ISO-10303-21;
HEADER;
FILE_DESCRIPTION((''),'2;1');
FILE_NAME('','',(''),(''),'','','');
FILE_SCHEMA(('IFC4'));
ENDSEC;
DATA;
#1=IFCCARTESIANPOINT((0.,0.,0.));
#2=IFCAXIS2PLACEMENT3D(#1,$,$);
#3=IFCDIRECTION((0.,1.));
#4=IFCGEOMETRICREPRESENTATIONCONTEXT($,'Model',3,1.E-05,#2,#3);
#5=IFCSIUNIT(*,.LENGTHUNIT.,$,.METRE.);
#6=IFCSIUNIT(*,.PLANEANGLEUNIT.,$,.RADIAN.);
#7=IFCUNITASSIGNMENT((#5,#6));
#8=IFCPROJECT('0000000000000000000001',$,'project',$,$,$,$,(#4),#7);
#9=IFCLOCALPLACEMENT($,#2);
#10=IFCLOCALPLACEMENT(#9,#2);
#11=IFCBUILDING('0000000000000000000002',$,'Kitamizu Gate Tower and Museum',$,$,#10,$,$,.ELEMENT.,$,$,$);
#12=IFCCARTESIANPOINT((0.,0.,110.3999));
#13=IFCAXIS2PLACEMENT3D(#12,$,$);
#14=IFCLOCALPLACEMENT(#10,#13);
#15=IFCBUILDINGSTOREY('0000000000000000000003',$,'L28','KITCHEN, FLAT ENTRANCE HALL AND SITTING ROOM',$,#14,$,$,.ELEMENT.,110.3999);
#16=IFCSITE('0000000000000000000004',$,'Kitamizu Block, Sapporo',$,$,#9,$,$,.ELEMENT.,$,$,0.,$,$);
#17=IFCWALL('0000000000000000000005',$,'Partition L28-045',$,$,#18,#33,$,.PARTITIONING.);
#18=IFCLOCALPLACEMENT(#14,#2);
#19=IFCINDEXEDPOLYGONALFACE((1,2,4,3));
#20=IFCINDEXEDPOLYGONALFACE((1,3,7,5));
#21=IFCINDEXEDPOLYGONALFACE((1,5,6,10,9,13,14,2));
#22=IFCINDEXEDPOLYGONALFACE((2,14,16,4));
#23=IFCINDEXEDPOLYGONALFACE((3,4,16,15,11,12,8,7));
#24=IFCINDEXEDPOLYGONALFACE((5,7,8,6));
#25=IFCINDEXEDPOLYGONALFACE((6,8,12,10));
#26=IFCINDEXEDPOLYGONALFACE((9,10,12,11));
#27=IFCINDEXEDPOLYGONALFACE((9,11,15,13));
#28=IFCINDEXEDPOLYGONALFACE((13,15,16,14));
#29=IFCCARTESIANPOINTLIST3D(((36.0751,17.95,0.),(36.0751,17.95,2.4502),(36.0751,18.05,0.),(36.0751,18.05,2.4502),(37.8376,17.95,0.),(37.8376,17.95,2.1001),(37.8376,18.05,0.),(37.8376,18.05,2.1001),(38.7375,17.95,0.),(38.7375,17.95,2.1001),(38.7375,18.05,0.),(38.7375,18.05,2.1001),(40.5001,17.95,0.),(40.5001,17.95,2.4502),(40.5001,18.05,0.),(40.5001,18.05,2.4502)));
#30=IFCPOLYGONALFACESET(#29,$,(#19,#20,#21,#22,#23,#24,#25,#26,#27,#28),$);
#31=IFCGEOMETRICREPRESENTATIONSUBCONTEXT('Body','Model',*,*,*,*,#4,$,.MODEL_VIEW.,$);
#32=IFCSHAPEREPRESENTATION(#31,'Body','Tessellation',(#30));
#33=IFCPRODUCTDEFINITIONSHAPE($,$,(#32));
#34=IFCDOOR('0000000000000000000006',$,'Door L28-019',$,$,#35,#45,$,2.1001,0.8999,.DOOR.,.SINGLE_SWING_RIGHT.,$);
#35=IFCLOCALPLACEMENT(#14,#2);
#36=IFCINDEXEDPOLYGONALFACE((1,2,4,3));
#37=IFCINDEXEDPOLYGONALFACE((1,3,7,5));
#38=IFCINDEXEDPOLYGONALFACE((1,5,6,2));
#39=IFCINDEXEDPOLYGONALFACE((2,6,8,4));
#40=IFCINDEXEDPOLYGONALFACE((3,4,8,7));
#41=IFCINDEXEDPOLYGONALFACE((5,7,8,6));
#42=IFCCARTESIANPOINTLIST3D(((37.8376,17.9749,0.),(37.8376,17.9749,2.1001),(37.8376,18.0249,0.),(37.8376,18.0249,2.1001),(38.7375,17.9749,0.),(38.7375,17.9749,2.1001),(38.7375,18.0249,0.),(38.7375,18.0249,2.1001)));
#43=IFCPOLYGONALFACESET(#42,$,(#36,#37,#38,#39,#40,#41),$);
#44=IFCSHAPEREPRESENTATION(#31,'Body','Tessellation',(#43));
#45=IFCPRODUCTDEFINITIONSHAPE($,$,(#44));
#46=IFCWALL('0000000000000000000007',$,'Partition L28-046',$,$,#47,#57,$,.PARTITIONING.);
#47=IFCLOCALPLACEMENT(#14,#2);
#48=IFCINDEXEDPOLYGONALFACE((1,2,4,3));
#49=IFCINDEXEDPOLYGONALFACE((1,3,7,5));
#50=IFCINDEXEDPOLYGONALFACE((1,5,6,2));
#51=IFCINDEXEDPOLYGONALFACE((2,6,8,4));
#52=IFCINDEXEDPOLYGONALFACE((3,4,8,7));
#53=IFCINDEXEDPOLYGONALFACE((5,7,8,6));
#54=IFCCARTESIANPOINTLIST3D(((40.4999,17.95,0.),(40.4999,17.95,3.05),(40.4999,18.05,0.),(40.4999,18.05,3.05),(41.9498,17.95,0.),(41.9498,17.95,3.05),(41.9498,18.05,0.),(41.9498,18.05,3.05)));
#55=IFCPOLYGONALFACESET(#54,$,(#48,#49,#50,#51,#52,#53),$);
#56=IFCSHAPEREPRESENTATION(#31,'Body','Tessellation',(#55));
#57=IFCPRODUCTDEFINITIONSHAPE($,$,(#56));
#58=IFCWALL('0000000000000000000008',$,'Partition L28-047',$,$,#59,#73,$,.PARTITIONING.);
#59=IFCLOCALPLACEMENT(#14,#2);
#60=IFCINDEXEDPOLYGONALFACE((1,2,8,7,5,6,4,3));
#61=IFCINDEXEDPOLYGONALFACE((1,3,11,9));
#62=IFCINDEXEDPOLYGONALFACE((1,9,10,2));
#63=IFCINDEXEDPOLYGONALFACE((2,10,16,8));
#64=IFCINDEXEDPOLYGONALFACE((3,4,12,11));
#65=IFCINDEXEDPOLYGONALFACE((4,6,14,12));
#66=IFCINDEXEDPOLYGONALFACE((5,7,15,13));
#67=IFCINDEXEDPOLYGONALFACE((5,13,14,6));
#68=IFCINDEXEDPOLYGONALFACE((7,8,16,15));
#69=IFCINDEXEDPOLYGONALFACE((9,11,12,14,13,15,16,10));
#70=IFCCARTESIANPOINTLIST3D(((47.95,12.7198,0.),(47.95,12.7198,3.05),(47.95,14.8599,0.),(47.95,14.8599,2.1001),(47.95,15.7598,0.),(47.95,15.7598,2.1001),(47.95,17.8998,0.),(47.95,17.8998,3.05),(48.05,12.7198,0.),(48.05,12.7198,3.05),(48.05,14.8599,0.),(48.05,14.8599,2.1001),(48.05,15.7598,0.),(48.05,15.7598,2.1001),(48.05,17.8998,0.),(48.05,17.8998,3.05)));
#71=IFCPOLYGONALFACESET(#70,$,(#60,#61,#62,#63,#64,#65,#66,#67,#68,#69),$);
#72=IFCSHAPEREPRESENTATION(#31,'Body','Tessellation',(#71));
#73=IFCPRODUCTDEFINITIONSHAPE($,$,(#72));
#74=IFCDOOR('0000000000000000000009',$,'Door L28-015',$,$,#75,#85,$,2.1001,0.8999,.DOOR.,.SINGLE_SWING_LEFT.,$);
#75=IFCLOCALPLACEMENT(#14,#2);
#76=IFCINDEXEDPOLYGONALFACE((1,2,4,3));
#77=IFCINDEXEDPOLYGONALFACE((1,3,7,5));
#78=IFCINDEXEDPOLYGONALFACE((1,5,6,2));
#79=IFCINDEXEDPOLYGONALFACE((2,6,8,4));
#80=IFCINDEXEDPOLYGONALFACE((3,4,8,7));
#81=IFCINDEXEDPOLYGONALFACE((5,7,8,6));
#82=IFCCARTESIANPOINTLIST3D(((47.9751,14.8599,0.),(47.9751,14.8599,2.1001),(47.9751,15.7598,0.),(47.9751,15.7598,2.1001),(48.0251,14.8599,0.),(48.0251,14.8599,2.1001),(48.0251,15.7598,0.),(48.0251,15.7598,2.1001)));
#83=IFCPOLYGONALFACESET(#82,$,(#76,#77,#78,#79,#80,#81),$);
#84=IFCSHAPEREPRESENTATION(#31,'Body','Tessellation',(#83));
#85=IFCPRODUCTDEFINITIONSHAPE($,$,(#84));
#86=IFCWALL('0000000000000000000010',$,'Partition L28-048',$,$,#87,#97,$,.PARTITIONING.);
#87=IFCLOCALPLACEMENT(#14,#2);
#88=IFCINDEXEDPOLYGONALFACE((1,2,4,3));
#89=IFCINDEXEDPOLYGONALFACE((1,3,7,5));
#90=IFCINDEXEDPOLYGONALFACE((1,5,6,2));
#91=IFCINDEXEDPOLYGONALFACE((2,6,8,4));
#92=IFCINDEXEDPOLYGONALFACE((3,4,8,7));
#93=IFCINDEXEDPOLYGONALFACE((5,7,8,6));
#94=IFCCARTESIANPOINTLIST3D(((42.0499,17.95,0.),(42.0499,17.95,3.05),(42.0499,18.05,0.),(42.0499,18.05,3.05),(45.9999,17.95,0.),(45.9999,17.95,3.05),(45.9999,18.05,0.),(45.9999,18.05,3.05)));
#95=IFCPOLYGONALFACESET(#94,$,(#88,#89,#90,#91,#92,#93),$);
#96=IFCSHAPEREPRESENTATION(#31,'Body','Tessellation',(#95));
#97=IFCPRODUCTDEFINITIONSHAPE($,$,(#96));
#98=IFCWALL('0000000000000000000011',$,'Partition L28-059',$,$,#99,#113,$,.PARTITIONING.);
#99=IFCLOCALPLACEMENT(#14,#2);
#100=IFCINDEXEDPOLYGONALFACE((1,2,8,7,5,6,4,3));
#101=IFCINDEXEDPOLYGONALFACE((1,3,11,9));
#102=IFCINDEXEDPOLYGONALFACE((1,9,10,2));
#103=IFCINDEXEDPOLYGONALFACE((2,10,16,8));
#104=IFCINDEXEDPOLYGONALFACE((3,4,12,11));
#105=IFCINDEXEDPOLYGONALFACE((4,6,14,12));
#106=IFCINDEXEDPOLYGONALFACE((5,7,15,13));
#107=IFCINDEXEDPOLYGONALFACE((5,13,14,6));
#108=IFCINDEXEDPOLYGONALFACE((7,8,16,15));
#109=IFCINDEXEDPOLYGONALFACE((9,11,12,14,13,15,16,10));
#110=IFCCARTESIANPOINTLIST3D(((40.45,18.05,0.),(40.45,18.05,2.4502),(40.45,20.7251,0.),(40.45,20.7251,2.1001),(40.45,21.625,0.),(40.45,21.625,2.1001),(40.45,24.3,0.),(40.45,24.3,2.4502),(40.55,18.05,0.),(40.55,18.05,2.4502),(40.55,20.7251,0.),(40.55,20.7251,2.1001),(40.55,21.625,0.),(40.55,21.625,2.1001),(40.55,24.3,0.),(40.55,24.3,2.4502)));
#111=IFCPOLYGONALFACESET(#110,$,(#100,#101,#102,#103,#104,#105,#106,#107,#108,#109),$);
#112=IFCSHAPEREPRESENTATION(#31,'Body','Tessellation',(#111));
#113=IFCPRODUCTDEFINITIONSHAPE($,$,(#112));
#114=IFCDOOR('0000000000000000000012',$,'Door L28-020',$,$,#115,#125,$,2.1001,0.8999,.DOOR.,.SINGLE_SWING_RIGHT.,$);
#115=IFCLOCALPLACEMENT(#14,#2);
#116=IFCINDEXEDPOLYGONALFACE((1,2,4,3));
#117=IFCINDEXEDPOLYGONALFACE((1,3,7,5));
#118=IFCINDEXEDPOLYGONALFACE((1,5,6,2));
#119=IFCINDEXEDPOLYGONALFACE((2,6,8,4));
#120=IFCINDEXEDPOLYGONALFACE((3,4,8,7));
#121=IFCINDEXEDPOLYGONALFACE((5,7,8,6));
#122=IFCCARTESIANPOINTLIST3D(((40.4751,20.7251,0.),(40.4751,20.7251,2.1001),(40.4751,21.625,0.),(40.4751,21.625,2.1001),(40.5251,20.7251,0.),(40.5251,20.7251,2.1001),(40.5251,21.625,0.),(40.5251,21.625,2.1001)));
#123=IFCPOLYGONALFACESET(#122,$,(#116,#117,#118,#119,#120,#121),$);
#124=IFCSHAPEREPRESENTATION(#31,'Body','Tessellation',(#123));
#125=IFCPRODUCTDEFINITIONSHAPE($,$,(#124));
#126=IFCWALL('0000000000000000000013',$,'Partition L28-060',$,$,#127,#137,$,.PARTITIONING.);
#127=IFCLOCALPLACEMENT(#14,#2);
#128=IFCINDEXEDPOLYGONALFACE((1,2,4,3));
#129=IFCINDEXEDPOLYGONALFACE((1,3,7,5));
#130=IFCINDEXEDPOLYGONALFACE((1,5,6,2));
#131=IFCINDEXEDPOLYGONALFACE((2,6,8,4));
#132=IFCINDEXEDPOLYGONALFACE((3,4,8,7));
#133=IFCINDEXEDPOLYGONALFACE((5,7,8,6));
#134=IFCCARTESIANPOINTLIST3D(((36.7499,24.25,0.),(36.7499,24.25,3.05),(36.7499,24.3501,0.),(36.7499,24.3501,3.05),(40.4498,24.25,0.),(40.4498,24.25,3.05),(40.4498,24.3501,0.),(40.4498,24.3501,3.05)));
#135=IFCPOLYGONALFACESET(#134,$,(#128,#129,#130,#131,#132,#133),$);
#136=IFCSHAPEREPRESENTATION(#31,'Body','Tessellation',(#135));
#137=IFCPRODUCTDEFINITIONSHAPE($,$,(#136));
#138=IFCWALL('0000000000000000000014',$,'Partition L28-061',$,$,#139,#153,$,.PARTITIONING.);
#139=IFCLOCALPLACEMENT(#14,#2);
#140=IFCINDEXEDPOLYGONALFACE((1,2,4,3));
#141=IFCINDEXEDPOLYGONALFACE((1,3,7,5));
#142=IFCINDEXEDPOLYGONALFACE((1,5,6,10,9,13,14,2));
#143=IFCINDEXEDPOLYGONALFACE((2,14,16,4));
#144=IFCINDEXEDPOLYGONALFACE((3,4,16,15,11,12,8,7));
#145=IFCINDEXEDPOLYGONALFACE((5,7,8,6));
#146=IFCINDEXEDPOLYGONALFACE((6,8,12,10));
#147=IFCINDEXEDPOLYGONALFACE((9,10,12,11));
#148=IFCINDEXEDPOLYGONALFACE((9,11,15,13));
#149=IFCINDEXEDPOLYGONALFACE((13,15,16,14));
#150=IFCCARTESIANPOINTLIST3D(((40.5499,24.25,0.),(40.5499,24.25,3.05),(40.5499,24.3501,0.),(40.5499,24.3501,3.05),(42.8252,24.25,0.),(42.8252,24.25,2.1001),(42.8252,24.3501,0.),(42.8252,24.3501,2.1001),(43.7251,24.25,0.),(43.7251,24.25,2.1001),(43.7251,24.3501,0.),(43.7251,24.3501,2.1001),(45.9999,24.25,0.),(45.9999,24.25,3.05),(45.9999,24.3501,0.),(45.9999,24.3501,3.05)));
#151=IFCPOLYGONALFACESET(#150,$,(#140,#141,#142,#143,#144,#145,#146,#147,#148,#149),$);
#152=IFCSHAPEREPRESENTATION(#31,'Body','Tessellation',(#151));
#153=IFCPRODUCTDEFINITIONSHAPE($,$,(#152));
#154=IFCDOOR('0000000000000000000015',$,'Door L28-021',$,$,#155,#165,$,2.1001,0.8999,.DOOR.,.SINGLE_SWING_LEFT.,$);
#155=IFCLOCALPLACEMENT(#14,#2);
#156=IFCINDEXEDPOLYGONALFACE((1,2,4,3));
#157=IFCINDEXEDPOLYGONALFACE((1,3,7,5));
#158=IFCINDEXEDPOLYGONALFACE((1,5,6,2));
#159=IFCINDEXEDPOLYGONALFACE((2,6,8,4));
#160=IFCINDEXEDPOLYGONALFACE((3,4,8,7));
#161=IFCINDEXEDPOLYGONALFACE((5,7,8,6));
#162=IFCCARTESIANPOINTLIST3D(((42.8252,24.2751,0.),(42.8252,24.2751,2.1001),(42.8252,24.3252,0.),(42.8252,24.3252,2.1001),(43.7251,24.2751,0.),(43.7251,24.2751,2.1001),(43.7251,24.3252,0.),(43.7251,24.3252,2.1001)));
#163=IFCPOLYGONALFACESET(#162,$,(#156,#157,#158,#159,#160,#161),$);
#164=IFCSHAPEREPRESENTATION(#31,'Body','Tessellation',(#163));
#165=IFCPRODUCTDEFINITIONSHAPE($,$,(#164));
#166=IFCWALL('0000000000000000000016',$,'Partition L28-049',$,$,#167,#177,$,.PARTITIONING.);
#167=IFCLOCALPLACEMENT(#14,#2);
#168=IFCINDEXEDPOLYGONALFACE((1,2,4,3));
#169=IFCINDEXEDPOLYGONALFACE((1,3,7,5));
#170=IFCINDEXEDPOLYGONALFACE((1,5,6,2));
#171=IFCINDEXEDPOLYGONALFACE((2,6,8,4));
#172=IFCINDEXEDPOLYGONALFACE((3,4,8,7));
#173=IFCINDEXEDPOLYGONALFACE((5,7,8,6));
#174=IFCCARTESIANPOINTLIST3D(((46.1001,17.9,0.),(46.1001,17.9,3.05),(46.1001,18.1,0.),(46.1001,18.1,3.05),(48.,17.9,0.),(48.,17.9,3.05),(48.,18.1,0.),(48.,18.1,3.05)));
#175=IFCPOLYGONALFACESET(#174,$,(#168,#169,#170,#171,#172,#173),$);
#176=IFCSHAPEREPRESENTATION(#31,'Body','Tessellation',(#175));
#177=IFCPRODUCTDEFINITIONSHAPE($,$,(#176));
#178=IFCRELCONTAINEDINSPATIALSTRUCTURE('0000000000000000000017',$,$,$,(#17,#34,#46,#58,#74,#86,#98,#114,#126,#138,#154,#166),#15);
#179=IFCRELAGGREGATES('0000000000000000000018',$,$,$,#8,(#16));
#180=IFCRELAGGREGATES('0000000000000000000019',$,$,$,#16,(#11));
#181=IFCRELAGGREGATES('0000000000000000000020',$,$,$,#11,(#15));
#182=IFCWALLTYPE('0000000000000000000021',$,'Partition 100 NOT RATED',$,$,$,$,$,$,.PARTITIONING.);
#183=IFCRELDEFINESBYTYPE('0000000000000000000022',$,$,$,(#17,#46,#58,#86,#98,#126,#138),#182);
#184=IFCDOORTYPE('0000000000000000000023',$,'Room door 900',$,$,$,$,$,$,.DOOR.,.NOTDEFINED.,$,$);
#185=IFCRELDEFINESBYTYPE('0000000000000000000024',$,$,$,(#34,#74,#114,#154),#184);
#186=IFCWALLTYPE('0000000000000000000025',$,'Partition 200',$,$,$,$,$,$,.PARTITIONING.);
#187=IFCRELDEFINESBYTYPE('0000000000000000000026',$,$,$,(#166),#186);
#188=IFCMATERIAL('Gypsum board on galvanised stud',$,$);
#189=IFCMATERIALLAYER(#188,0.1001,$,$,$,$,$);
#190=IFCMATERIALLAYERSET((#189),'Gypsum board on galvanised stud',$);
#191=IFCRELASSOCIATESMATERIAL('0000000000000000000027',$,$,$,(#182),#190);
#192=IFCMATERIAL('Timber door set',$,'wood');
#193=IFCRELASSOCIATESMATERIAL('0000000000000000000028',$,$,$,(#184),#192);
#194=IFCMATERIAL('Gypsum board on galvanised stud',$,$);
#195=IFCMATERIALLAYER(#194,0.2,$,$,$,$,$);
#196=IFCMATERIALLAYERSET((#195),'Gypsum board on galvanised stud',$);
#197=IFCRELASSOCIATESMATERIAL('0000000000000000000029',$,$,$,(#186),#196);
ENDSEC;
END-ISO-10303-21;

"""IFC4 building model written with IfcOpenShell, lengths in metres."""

from ifc_helpers import new_model, si_unit, direction, frame, frame_2d, origin, place, context, subcontext, project, spatial, rectangle, extrude, material, layer, layer_set, type_object, element, fill, save


model = new_model("IFC4")

# Units and contexts
model_context = context("Model", 3, precision=1e-05, world=origin(), true_north=direction((0.0, 1.0)))
body_context = subcontext(model_context, "Body", "Model", "MODEL_VIEW")
ifc_project = project(units=[si_unit("LENGTHUNIT", "METRE"), si_unit("PLANEANGLEUNIT", "RADIAN")], contexts=[model_context])

# Site, building, storey
site_placement = place(None, origin())
site = spatial("IfcSite", under=ifc_project, at=site_placement, Name="Kitamizu Block, Sapporo", CompositionType="ELEMENT", RefElevation=0.0)
building_placement = place(site_placement, origin())
building = spatial("IfcBuilding", under=site, at=building_placement, Name="Kitamizu Gate Tower and Museum", CompositionType="ELEMENT")
storey_placement = place(building_placement, frame((0.0, 0.0, 110.3999)))
storey = spatial("IfcBuildingStorey", under=building, at=storey_placement, Name="L28", Description="KITCHEN, FLAT ENTRANCE HALL AND SITTING ROOM", CompositionType="ELEMENT", Elevation=110.3999)

# Wall, opening, door
ifc_material_1 = material(Name="Gypsum board on galvanised stud")
ifc_layer_1 = layer(ifc_material_1, 0.1001)
ifc_layer_set_1 = layer_set([ifc_layer_1], Name="Gypsum board on galvanised stud")
wall_type_1 = type_object("IfcWallType", Name="Partition 100 NOT RATED", PredefinedType="PARTITIONING", material=ifc_layer_set_1)
ifc_material_2 = material(Name="Timber door set", Category="wood")
door_type_1 = type_object("IfcDoorType", Name="Room door 900", OperationType="NOTDEFINED", PredefinedType="DOOR", material=ifc_material_2)
wall_1_placement = place(storey_placement, frame((40.5, 18.0, 0.0), z_axis=(0.0, 0.0, 1.0), x_axis=(-1.0, 0.0, 0.0)))
wall_1 = element("IfcWall", 1, at=wall_1_placement, inside=storey, type_object=wall_type_1, Name="Partition L28-045", PredefinedType="PARTITIONING", context=body_context, shape_type="SweptSolid", body=[
    extrude(rectangle(XDim=4.425, YDim=0.1001, at=frame_2d((2.2124, 0.0))), origin(), (0.0, 0.0, 1.0), 2.4502),
])
opening_1_placement = place(wall_1_placement, frame((1.7625, 0.0, 0.0)))
opening_1 = element("IfcOpeningElement", 2, at=opening_1_placement, cuts=wall_1, PredefinedType="OPENING", context=body_context, shape_type="SweptSolid", body=[
    extrude(rectangle(XDim=0.8999, YDim=2.1001, at=frame_2d((0.45, 1.05))), frame((0.0, 0.0601, 0.0), z_axis=(0.0, -1.0, 0.0), x_axis=(1.0, 0.0, 0.0)), (0.0, 0.0, 1.0), 0.1201),
])
door_1_placement = place(opening_1_placement, frame((0.8999, 0.0, 0.0), x_axis=(-1.0, 0.0, 0.0)))
door_1 = element("IfcDoor", 3, at=door_1_placement, inside=storey, type_object=door_type_1, Name="Door L28-019", OperationType="SINGLE_SWING_RIGHT", OverallHeight=2.1001, OverallWidth=0.8999, PredefinedType="DOOR", context=body_context, shape_type="SweptSolid", body=[
    extrude(rectangle(XDim=0.8999, YDim=2.1001, at=frame_2d((0.45, 1.05))), frame((0.0, 0.0249, 0.0), z_axis=(0.0, -1.0, 0.0), x_axis=(1.0, 0.0, 0.0)), (0.0, 0.0, 1.0), 0.05),
])
fill(opening_1, door_1)

# Wall
wall_2_placement = place(storey_placement, frame((41.95, 18.0, 0.0), z_axis=(0.0, 0.0, 1.0), x_axis=(-1.0, 0.0, 0.0)))
element("IfcWall", 4, at=wall_2_placement, inside=storey, type_object=wall_type_1, Name="Partition L28-046", PredefinedType="PARTITIONING", context=body_context, shape_type="SweptSolid", body=[
    extrude(rectangle(XDim=1.45, YDim=0.1001, at=frame_2d((0.7251, 0.0))), origin(), (0.0, 0.0, 1.0), 3.05),
])

# Wall, opening, door
wall_3_placement = place(storey_placement, frame((48.0, 12.72, 0.0), z_axis=(0.0, 0.0, 1.0), x_axis=(0.0, 1.0, 0.0)))
wall_3 = element("IfcWall", 5, at=wall_3_placement, inside=storey, type_object=wall_type_1, Name="Partition L28-047", PredefinedType="PARTITIONING", context=body_context, shape_type="SweptSolid", body=[
    extrude(rectangle(XDim=5.1799, YDim=0.1001, at=frame_2d((2.5898, 0.0))), origin(), (0.0, 0.0, 1.0), 3.05),
])
opening_2_placement = place(wall_3_placement, frame((2.1399, 0.0, 0.0)))
opening_2 = element("IfcOpeningElement", 6, at=opening_2_placement, cuts=wall_3, PredefinedType="OPENING", context=body_context, shape_type="SweptSolid", body=[
    extrude(rectangle(XDim=0.8999, YDim=2.1001, at=frame_2d((0.45, 1.05))), frame((0.0, 0.0601, 0.0), z_axis=(0.0, -1.0, 0.0), x_axis=(1.0, 0.0, 0.0)), (0.0, 0.0, 1.0), 0.1201),
])
door_2_placement = place(opening_2_placement, origin())
door_2 = element("IfcDoor", 7, at=door_2_placement, inside=storey, type_object=door_type_1, Name="Door L28-015", OperationType="SINGLE_SWING_LEFT", OverallHeight=2.1001, OverallWidth=0.8999, PredefinedType="DOOR", context=body_context, shape_type="SweptSolid", body=[
    extrude(rectangle(XDim=0.8999, YDim=2.1001, at=frame_2d((0.45, 1.05))), frame((0.0, 0.0249, 0.0), z_axis=(0.0, -1.0, 0.0), x_axis=(1.0, 0.0, 0.0)), (0.0, 0.0, 1.0), 0.05),
])
fill(opening_2, door_2)

# Wall
wall_4_placement = place(storey_placement, frame((46.0, 18.0, 0.0), z_axis=(0.0, 0.0, 1.0), x_axis=(-1.0, 0.0, 0.0)))
element("IfcWall", 8, at=wall_4_placement, inside=storey, type_object=wall_type_1, Name="Partition L28-048", PredefinedType="PARTITIONING", context=body_context, shape_type="SweptSolid", body=[
    extrude(rectangle(XDim=3.95, YDim=0.1001, at=frame_2d((1.9751, 0.0))), origin(), (0.0, 0.0, 1.0), 3.05),
])

# Wall, opening, door
wall_5_placement = place(storey_placement, frame((40.5, 18.05, 0.0), z_axis=(0.0, 0.0, 1.0), x_axis=(0.0, 1.0, 0.0)))
wall_5 = element("IfcWall", 9, at=wall_5_placement, inside=storey, type_object=wall_type_1, Name="Partition L28-059", PredefinedType="PARTITIONING", context=body_context, shape_type="SweptSolid", body=[
    extrude(rectangle(XDim=6.25, YDim=0.1001, at=frame_2d((3.125, 0.0))), origin(), (0.0, 0.0, 1.0), 2.4502),
])
opening_3_placement = place(wall_5_placement, frame((2.675, 0.0, 0.0)))
opening_3 = element("IfcOpeningElement", 10, at=opening_3_placement, cuts=wall_5, PredefinedType="OPENING", context=body_context, shape_type="SweptSolid", body=[
    extrude(rectangle(XDim=0.8999, YDim=2.1001, at=frame_2d((0.45, 1.05))), frame((0.0, 0.0601, 0.0), z_axis=(0.0, -1.0, 0.0), x_axis=(1.0, 0.0, 0.0)), (0.0, 0.0, 1.0), 0.1201),
])
door_3_placement = place(opening_3_placement, origin())
door_3 = element("IfcDoor", 11, at=door_3_placement, inside=storey, type_object=door_type_1, Name="Door L28-020", OperationType="SINGLE_SWING_RIGHT", OverallHeight=2.1001, OverallWidth=0.8999, PredefinedType="DOOR", context=body_context, shape_type="SweptSolid", body=[
    extrude(rectangle(XDim=0.8999, YDim=2.1001, at=frame_2d((0.45, 1.05))), frame((0.0, 0.0249, 0.0), z_axis=(0.0, -1.0, 0.0), x_axis=(1.0, 0.0, 0.0)), (0.0, 0.0, 1.0), 0.05),
])
fill(opening_3, door_3)

# Wall
wall_6_placement = place(storey_placement, frame((40.45, 24.3, 0.0), z_axis=(0.0, 0.0, 1.0), x_axis=(-1.0, 0.0, 0.0)))
element("IfcWall", 12, at=wall_6_placement, inside=storey, type_object=wall_type_1, Name="Partition L28-060", PredefinedType="PARTITIONING", context=body_context, shape_type="SweptSolid", body=[
    extrude(rectangle(XDim=3.7, YDim=0.1001, at=frame_2d((1.8501, 0.0))), origin(), (0.0, 0.0, 1.0), 3.05),
])

# Wall, opening, door
wall_7_placement = place(storey_placement, frame((46.0, 24.3, 0.0), z_axis=(0.0, 0.0, 1.0), x_axis=(-1.0, 0.0, 0.0)))
wall_7 = element("IfcWall", 13, at=wall_7_placement, inside=storey, type_object=wall_type_1, Name="Partition L28-061", PredefinedType="PARTITIONING", context=body_context, shape_type="SweptSolid", body=[
    extrude(rectangle(XDim=5.45, YDim=0.1001, at=frame_2d((2.7251, 0.0))), origin(), (0.0, 0.0, 1.0), 3.05),
])
opening_4_placement = place(wall_7_placement, frame((2.2749, 0.0, 0.0)))
opening_4 = element("IfcOpeningElement", 14, at=opening_4_placement, cuts=wall_7, PredefinedType="OPENING", context=body_context, shape_type="SweptSolid", body=[
    extrude(rectangle(XDim=0.8999, YDim=2.1001, at=frame_2d((0.45, 1.05))), frame((0.0, 0.0601, 0.0), z_axis=(0.0, -1.0, 0.0), x_axis=(1.0, 0.0, 0.0)), (0.0, 0.0, 1.0), 0.1201),
])
door_4_placement = place(opening_4_placement, origin())
door_4 = element("IfcDoor", 15, at=door_4_placement, inside=storey, type_object=door_type_1, Name="Door L28-021", OperationType="SINGLE_SWING_LEFT", OverallHeight=2.1001, OverallWidth=0.8999, PredefinedType="DOOR", context=body_context, shape_type="SweptSolid", body=[
    extrude(rectangle(XDim=0.8999, YDim=2.1001, at=frame_2d((0.45, 1.05))), frame((0.0, 0.0249, 0.0), z_axis=(0.0, -1.0, 0.0), x_axis=(1.0, 0.0, 0.0)), (0.0, 0.0, 1.0), 0.05),
])
fill(opening_4, door_4)

# Wall
ifc_material_3 = material(Name="Gypsum board on galvanised stud")
ifc_layer_2 = layer(ifc_material_3, 0.2)
ifc_layer_set_2 = layer_set([ifc_layer_2], Name="Gypsum board on galvanised stud")
wall_type_2 = type_object("IfcWallType", Name="Partition 200", PredefinedType="PARTITIONING", material=ifc_layer_set_2)
wall_8_placement = place(storey_placement, frame((48.0, 18.0, 0.0), z_axis=(0.0, 0.0, 1.0), x_axis=(-1.0, 0.0, 0.0)))
element("IfcWall", 16, at=wall_8_placement, inside=storey, type_object=wall_type_2, Name="Partition L28-049", PredefinedType="PARTITIONING", context=body_context, shape_type="SweptSolid", body=[
    extrude(rectangle(XDim=1.8999, YDim=0.2, at=frame_2d((0.95, 0.0))), origin(), (0.0, 0.0, 1.0), 3.05),
])

save(model, "model.ifc")
